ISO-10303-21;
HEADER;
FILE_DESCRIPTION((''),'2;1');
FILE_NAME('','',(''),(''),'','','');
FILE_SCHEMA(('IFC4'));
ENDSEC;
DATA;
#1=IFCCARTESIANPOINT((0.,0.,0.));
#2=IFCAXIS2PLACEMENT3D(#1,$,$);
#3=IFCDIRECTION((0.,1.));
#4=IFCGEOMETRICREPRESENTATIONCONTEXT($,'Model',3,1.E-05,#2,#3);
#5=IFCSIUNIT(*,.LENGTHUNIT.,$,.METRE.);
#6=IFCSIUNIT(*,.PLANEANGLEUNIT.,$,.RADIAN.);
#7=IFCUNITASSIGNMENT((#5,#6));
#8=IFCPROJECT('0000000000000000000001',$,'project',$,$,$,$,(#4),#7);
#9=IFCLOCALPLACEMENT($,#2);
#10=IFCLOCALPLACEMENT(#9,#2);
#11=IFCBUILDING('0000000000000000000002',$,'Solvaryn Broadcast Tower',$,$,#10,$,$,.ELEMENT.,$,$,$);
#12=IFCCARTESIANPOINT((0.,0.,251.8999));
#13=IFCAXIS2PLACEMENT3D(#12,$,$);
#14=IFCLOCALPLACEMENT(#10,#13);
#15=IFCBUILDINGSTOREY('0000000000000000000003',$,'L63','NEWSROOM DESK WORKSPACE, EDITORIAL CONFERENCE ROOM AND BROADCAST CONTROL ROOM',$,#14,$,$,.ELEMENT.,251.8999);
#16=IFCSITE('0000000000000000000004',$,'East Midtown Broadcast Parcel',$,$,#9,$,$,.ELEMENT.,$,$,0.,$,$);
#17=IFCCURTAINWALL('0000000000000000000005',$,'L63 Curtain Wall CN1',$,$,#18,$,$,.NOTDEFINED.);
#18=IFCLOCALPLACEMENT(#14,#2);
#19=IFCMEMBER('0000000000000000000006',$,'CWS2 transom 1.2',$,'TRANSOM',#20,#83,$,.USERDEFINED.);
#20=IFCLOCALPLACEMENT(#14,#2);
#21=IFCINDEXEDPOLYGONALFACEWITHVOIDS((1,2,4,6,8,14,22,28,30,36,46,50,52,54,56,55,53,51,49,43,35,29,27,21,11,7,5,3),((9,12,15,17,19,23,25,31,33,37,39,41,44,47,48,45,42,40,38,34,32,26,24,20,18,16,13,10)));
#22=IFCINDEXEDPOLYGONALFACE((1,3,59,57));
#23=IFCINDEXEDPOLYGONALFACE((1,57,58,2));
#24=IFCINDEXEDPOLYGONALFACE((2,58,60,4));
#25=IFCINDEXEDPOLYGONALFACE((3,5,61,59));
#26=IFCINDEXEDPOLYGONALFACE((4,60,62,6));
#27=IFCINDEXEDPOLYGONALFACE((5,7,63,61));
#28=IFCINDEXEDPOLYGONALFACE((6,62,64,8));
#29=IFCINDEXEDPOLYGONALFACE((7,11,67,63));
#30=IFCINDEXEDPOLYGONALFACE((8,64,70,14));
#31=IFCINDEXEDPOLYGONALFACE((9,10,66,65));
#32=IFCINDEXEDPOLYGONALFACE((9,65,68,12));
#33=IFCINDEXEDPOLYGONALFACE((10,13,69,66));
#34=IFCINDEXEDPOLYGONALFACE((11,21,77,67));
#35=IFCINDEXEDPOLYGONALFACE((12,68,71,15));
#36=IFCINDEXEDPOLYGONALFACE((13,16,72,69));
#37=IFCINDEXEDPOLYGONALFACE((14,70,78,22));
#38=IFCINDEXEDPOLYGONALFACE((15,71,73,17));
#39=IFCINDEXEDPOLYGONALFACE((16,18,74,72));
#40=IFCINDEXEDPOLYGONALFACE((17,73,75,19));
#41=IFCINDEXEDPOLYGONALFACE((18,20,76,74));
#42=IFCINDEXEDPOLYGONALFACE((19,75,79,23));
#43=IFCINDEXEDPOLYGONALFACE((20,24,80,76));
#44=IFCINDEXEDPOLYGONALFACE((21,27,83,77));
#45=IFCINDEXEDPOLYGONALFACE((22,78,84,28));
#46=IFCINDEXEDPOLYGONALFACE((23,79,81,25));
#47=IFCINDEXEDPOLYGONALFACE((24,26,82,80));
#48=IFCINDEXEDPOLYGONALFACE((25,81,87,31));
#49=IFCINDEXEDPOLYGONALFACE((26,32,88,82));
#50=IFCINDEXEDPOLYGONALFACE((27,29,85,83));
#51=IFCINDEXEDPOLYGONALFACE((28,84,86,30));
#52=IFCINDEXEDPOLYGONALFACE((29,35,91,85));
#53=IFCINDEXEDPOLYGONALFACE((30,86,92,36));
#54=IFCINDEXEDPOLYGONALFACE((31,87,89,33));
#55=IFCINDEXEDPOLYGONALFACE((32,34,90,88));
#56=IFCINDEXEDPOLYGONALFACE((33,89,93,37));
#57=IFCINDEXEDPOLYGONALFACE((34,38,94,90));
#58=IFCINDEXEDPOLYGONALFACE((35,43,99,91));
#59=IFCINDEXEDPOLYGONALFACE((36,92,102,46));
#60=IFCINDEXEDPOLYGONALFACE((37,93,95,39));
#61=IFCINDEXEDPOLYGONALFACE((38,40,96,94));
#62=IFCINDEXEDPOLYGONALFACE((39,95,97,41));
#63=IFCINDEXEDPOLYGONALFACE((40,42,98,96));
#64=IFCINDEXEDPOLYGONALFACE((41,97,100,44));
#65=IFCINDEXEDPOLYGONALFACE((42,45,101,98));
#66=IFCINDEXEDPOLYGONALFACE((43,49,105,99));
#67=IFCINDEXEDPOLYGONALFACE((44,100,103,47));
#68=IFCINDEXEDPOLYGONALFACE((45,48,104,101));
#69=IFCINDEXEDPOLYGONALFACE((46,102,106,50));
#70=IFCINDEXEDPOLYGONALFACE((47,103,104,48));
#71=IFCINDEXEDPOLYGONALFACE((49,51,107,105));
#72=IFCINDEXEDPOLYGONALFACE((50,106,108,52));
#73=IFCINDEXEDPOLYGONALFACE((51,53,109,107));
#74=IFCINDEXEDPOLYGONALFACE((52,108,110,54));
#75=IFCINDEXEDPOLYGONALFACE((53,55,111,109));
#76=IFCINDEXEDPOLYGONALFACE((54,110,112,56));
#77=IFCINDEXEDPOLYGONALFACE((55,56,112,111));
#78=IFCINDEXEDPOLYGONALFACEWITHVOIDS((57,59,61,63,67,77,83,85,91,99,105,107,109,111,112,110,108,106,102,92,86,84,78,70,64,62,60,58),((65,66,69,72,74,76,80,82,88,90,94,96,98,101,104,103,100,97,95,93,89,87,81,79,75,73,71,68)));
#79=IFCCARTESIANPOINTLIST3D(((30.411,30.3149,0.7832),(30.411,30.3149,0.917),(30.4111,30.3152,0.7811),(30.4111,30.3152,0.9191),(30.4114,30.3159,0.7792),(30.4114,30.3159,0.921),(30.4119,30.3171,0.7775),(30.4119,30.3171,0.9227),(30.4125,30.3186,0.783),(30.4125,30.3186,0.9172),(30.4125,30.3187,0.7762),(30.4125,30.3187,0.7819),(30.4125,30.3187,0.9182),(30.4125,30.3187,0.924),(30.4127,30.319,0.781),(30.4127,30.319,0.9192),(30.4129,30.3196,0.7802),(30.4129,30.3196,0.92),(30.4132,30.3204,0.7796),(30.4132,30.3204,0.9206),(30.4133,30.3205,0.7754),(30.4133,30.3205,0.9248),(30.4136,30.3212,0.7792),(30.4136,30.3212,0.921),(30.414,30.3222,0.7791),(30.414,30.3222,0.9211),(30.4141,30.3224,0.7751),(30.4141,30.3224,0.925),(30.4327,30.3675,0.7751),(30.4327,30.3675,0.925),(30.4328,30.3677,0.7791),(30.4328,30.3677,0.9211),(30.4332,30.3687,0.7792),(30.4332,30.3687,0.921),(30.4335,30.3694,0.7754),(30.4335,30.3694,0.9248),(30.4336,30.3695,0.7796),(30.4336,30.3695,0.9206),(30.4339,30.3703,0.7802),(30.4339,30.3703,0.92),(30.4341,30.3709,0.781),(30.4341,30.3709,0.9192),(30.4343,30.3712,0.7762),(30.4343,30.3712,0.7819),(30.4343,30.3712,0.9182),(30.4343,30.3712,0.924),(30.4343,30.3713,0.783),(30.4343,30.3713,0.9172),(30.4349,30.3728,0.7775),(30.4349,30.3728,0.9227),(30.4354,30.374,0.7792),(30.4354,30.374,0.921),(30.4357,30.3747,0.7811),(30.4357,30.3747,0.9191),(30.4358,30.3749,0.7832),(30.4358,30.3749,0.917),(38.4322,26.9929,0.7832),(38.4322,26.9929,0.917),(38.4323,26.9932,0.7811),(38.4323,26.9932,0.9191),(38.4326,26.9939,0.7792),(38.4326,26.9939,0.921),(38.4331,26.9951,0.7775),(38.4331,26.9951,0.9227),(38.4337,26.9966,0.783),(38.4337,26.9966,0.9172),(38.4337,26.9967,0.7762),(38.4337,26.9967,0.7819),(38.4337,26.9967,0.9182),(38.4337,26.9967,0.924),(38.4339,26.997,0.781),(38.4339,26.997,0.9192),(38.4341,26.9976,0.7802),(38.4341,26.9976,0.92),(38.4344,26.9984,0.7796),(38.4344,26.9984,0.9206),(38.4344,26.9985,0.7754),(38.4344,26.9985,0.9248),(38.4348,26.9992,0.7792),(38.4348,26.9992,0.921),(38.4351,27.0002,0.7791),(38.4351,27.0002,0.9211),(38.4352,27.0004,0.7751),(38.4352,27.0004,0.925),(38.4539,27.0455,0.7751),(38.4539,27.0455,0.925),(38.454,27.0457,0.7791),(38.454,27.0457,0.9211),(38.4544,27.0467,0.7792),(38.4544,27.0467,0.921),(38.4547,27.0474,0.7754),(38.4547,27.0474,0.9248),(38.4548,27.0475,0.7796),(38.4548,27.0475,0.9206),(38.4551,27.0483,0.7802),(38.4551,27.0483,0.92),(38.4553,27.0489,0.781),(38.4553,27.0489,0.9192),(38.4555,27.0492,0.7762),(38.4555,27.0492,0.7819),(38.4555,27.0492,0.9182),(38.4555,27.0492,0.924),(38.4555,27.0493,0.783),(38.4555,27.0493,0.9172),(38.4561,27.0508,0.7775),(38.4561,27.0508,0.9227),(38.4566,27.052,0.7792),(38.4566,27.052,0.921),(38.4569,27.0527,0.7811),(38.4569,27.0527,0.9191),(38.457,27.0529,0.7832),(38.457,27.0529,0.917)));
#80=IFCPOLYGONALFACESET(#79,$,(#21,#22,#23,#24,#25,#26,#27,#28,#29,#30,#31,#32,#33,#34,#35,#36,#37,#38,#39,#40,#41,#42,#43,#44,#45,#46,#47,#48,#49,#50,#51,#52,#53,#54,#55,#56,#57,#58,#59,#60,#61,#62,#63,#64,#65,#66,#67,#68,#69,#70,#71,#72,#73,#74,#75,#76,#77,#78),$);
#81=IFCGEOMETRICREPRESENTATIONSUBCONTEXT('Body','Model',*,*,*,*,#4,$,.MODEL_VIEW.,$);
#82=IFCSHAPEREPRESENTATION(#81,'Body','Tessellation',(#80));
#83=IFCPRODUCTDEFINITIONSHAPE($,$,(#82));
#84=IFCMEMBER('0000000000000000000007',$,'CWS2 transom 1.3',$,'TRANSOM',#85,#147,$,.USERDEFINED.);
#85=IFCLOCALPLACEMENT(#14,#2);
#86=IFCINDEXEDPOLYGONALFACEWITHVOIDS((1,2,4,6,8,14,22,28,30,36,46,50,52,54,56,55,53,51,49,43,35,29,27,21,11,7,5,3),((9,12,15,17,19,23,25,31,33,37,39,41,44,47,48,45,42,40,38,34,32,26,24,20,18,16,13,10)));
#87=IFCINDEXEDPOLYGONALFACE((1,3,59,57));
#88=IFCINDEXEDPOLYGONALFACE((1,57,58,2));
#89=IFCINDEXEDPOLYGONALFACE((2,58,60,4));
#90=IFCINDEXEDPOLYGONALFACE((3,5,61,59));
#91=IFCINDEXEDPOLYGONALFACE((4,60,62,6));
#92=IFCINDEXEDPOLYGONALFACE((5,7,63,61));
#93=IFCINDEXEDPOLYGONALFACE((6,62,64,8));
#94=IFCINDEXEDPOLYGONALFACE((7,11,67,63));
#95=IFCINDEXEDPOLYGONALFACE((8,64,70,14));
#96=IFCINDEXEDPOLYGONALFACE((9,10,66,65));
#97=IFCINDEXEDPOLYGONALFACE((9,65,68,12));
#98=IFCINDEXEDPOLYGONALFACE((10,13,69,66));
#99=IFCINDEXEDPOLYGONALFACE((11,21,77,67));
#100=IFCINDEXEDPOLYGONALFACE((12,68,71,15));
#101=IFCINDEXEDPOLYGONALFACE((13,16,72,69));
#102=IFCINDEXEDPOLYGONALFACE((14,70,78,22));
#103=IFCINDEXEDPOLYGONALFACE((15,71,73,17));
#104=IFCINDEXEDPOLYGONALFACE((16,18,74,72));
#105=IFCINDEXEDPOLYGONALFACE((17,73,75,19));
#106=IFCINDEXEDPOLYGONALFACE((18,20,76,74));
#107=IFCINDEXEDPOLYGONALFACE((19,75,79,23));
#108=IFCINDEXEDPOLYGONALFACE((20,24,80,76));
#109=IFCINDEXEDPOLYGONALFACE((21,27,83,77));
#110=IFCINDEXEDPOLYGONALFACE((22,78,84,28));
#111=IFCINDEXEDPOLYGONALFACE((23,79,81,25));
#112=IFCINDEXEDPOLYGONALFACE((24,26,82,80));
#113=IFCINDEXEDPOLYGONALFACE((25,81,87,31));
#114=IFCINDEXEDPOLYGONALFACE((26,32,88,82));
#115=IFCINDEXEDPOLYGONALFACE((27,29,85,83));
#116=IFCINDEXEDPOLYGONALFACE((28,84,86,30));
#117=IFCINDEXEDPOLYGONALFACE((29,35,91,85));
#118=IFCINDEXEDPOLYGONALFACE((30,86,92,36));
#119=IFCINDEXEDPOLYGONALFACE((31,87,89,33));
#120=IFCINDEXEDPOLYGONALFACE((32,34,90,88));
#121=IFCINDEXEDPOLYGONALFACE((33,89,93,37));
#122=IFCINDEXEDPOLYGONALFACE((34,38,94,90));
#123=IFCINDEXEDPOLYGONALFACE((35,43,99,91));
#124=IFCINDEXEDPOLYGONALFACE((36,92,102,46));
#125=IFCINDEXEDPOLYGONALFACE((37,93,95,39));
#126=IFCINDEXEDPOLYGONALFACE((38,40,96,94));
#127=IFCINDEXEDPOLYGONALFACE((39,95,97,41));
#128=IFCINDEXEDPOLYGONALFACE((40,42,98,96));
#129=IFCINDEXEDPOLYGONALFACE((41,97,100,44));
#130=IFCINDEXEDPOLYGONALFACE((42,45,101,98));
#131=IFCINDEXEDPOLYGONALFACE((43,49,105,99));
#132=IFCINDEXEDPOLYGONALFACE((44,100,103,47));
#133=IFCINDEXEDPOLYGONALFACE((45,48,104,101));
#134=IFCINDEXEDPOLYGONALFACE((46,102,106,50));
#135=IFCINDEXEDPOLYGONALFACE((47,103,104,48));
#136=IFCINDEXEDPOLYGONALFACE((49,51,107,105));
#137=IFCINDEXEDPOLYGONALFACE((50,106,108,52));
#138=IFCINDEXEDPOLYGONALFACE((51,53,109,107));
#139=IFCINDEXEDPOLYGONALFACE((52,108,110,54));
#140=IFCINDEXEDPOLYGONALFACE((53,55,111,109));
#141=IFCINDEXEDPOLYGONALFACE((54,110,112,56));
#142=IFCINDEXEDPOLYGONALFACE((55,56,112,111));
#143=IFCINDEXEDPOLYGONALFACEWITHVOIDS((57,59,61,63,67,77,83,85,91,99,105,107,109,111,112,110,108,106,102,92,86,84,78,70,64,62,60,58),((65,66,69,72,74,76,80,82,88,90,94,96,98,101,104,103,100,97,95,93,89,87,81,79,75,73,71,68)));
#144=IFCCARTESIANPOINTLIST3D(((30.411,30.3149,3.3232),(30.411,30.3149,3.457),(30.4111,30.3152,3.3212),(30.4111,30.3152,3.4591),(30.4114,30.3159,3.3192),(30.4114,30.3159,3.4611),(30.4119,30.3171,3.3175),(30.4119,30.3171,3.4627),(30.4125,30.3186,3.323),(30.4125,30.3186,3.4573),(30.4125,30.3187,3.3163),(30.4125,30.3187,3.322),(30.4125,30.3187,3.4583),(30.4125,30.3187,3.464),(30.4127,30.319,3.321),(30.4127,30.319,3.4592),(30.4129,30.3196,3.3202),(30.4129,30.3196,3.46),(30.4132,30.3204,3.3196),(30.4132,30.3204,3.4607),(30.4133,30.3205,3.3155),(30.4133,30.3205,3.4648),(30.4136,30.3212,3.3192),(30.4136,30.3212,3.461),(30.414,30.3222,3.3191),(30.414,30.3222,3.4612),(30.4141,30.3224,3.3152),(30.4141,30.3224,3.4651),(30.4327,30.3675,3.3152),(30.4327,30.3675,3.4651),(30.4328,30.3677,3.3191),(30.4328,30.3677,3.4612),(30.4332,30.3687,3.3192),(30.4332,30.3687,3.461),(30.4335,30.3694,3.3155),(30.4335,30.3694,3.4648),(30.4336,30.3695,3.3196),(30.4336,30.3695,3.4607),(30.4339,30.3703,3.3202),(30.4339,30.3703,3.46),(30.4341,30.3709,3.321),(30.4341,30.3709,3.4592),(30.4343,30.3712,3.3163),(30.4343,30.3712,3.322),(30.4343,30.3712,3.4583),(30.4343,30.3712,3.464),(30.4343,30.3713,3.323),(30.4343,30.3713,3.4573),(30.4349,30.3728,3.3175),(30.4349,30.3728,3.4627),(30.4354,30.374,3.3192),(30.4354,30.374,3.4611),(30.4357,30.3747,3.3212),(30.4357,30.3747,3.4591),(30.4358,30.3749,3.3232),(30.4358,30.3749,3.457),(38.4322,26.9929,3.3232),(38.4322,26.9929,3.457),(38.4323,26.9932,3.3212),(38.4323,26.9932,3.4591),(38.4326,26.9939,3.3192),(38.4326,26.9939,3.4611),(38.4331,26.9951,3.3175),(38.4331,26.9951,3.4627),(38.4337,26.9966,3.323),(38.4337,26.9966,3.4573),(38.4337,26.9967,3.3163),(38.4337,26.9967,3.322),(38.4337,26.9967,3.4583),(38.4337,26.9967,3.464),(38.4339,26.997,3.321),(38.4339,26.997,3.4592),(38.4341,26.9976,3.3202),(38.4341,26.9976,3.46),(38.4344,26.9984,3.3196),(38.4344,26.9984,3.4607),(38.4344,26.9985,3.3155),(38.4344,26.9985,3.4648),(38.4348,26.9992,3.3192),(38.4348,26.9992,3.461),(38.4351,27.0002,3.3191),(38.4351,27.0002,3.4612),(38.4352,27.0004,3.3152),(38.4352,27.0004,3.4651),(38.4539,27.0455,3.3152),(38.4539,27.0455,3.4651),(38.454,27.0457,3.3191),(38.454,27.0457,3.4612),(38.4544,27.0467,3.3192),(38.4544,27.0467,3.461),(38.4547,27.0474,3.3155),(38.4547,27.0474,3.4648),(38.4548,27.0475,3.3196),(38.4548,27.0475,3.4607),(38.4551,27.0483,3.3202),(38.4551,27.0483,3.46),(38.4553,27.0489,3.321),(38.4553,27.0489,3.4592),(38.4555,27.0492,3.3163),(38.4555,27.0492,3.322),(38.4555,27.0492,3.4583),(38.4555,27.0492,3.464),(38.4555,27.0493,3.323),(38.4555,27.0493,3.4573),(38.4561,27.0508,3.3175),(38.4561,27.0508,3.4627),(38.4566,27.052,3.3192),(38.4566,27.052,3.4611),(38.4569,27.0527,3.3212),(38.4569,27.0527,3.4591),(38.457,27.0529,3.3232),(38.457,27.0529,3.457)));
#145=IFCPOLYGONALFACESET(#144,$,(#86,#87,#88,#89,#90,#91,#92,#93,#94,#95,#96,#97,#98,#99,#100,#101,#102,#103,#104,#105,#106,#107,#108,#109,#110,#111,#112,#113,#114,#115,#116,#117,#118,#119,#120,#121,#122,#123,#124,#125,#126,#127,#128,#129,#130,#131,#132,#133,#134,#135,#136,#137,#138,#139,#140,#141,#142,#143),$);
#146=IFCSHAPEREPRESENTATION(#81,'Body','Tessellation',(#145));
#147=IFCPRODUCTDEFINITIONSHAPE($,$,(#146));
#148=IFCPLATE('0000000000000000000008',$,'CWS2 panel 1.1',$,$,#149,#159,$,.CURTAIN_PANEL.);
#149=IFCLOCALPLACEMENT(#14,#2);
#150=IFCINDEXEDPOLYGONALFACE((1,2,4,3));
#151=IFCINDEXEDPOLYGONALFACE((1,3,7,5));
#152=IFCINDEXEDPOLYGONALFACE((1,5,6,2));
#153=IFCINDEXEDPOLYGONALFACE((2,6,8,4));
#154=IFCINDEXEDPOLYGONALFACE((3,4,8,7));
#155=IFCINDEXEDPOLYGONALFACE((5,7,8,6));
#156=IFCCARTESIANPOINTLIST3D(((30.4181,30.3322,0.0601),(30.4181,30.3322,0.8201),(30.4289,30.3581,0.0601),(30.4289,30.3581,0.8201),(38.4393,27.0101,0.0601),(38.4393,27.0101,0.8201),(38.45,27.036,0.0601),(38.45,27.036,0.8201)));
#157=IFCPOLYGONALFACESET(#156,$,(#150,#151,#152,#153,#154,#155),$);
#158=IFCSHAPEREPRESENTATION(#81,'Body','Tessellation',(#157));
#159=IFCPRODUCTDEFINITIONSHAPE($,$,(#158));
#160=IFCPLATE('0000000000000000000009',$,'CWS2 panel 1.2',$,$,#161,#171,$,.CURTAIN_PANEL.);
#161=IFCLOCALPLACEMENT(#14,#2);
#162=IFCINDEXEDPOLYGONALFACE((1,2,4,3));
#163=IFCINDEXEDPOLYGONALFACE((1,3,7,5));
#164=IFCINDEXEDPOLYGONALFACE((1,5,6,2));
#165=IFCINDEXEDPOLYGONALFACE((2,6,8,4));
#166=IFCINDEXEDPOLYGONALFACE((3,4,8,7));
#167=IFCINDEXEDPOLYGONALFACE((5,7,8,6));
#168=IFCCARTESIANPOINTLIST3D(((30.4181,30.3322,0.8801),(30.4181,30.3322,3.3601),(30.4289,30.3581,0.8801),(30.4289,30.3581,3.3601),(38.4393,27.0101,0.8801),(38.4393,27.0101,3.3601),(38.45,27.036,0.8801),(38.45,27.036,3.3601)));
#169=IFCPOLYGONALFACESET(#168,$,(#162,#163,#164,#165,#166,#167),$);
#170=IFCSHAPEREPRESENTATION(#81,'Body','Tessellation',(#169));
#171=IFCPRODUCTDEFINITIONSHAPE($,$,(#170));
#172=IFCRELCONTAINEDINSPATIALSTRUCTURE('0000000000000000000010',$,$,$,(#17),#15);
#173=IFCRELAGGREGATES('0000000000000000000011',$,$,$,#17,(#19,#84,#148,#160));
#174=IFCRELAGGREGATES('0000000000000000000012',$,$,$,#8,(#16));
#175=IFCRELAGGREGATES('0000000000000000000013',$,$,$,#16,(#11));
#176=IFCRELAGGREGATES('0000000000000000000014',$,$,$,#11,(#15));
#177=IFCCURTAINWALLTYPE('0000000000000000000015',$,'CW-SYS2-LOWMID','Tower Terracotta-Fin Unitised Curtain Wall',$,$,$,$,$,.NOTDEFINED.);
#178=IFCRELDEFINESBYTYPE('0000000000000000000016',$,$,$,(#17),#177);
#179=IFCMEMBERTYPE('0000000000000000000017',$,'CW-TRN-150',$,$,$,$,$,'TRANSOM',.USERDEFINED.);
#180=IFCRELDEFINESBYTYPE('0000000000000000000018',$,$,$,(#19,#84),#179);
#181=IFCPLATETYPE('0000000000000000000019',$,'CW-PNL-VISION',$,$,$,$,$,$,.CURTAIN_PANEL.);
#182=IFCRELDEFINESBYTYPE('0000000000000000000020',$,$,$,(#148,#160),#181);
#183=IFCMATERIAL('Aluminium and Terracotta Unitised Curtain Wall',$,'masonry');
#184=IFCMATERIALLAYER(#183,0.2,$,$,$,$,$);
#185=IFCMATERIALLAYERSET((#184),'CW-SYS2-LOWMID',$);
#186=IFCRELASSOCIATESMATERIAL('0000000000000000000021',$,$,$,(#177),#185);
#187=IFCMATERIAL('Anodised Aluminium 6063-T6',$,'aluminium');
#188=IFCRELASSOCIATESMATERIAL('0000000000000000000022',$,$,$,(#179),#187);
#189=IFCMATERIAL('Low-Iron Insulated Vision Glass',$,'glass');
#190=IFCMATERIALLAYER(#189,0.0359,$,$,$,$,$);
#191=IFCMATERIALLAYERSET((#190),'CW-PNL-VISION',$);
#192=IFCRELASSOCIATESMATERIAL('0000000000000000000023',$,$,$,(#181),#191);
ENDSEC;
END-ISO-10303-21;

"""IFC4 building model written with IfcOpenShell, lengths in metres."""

from ifc_helpers import new_model, si_unit, direction, frame, origin, origin_2d, place, context, subcontext, project, spatial, rectangle, hollow_rectangle, extrude, material, layer, layer_set, material_profile, profile_set, type_object, element, aggregate, save


model = new_model("IFC4")

# Units and contexts
model_context = context("Model", 3, precision=1e-05, world=origin(), true_north=direction((0.0, 1.0)))
body_context = subcontext(model_context, "Body", "Model", "MODEL_VIEW")
ifc_project = project(units=[si_unit("LENGTHUNIT", "METRE"), si_unit("PLANEANGLEUNIT", "RADIAN")], contexts=[model_context])

# Site, building, storey
site_placement = place(None, origin())
site = spatial("IfcSite", under=ifc_project, at=site_placement, Name="East Midtown Broadcast Parcel", CompositionType="ELEMENT", RefElevation=0.0)
building_placement = place(site_placement, origin())
building = spatial("IfcBuilding", under=site, at=building_placement, Name="Solvaryn Broadcast Tower", CompositionType="ELEMENT")
storey_placement = place(building_placement, frame((0.0, 0.0, 251.8999)))
storey = spatial("IfcBuildingStorey", under=building, at=storey_placement, Name="L63", Description="NEWSROOM DESK WORKSPACE, EDITORIAL CONFERENCE ROOM AND BROADCAST CONTROL ROOM", CompositionType="ELEMENT", Elevation=251.8999)

# Curtain wall, members, plates
ifc_material_1 = material(Name="Aluminium and Terracotta Unitised Curtain Wall", Category="masonry")
ifc_layer_1 = layer(ifc_material_1, 0.2)
ifc_layer_set_1 = layer_set([ifc_layer_1], Name="CW-SYS2-LOWMID")
curtain_wall_type = type_object("IfcCurtainWallType", Name="CW-SYS2-LOWMID", Description="Tower Terracotta-Fin Unitised Curtain Wall", PredefinedType="NOTDEFINED", material=ifc_layer_set_1)
curtain_wall_placement = place(storey_placement, origin())
curtain_wall = element("IfcCurtainWall", 1, at=curtain_wall_placement, inside=storey, type_object=curtain_wall_type, Name="L63 Curtain Wall CN1", PredefinedType="NOTDEFINED")
ifc_material_2 = material(Name="Anodised Aluminium 6063-T6", Category="aluminium")
ifc_material_profile_1 = material_profile(ifc_material_2, hollow_rectangle(XDim=0.0649, YDim=0.1499, WallThickness=0.0039, InnerFilletRadius=0.0039, OuterFilletRadius=0.0081, at=origin_2d()))
ifc_profile_set_1 = profile_set([ifc_material_profile_1], Name="Anodised Aluminium 6063-T6")
member_type_1 = type_object("IfcMemberType", Name="CW-TRN-150", ElementType="TRANSOM", PredefinedType="USERDEFINED", material=ifc_profile_set_1)
member_1_placement = place(storey_placement, frame((38.4446, 27.0229, 0.8501), z_axis=(-0.923899, 0.382636, 0.0), x_axis=(-0.382636, -0.923899, 0.0)))
member_1 = element("IfcMember", 2, at=member_1_placement, type_object=member_type_1, Name="CWS2 transom 1.2", ObjectType="TRANSOM", PredefinedType="USERDEFINED", context=body_context, shape_type="SweptSolid", body=[
    extrude(hollow_rectangle(XDim=0.0649, YDim=0.1499, WallThickness=0.0039, InnerFilletRadius=0.0039, OuterFilletRadius=0.0081, at=origin_2d()), origin(), (0.0, 0.0, 1.0), 8.6819),
])
member_2_placement = place(storey_placement, frame((38.4446, 27.0229, 3.3901), z_axis=(-0.923899, 0.382636, 0.0), x_axis=(-0.382636, -0.923899, 0.0)))
member_2 = element("IfcMember", 3, at=member_2_placement, type_object=member_type_1, Name="CWS2 transom 1.3", ObjectType="TRANSOM", PredefinedType="USERDEFINED", context=body_context, shape_type="SweptSolid", body=[
    extrude(hollow_rectangle(XDim=0.0649, YDim=0.1499, WallThickness=0.0039, InnerFilletRadius=0.0039, OuterFilletRadius=0.0081, at=origin_2d()), origin(), (0.0, 0.0, 1.0), 8.6819),
])
ifc_material_3 = material(Name="Low-Iron Insulated Vision Glass", Category="glass")
ifc_layer_2 = layer(ifc_material_3, 0.0359)
ifc_layer_set_2 = layer_set([ifc_layer_2], Name="CW-PNL-VISION")
plate_type = type_object("IfcPlateType", Name="CW-PNL-VISION", PredefinedType="CURTAIN_PANEL", material=ifc_layer_set_2)
plate_1_placement = place(storey_placement, frame((34.4341, 28.6841, 0.0601), z_axis=(0.0, 0.0, 1.0), x_axis=(-0.923895, 0.382646, 0.0)))
plate_1 = element("IfcPlate", 4, at=plate_1_placement, type_object=plate_type, Name="CWS2 panel 1.1", PredefinedType="CURTAIN_PANEL", context=body_context, shape_type="SweptSolid", body=[
    extrude(rectangle(XDim=8.6819, YDim=0.0281, at=origin_2d()), origin(), (0.0, 0.0, 1.0), 0.76),
])
plate_2_placement = place(storey_placement, frame((34.4341, 28.6841, 0.8801), z_axis=(0.0, 0.0, 1.0), x_axis=(-0.923895, 0.382646, 0.0)))
plate_2 = element("IfcPlate", 5, at=plate_2_placement, type_object=plate_type, Name="CWS2 panel 1.2", PredefinedType="CURTAIN_PANEL", context=body_context, shape_type="SweptSolid", body=[
    extrude(rectangle(XDim=8.6819, YDim=0.0281, at=origin_2d()), origin(), (0.0, 0.0, 1.0), 2.48),
])
aggregate(curtain_wall, [member_1, member_2, plate_1, plate_2])

save(model, "model.ifc")
